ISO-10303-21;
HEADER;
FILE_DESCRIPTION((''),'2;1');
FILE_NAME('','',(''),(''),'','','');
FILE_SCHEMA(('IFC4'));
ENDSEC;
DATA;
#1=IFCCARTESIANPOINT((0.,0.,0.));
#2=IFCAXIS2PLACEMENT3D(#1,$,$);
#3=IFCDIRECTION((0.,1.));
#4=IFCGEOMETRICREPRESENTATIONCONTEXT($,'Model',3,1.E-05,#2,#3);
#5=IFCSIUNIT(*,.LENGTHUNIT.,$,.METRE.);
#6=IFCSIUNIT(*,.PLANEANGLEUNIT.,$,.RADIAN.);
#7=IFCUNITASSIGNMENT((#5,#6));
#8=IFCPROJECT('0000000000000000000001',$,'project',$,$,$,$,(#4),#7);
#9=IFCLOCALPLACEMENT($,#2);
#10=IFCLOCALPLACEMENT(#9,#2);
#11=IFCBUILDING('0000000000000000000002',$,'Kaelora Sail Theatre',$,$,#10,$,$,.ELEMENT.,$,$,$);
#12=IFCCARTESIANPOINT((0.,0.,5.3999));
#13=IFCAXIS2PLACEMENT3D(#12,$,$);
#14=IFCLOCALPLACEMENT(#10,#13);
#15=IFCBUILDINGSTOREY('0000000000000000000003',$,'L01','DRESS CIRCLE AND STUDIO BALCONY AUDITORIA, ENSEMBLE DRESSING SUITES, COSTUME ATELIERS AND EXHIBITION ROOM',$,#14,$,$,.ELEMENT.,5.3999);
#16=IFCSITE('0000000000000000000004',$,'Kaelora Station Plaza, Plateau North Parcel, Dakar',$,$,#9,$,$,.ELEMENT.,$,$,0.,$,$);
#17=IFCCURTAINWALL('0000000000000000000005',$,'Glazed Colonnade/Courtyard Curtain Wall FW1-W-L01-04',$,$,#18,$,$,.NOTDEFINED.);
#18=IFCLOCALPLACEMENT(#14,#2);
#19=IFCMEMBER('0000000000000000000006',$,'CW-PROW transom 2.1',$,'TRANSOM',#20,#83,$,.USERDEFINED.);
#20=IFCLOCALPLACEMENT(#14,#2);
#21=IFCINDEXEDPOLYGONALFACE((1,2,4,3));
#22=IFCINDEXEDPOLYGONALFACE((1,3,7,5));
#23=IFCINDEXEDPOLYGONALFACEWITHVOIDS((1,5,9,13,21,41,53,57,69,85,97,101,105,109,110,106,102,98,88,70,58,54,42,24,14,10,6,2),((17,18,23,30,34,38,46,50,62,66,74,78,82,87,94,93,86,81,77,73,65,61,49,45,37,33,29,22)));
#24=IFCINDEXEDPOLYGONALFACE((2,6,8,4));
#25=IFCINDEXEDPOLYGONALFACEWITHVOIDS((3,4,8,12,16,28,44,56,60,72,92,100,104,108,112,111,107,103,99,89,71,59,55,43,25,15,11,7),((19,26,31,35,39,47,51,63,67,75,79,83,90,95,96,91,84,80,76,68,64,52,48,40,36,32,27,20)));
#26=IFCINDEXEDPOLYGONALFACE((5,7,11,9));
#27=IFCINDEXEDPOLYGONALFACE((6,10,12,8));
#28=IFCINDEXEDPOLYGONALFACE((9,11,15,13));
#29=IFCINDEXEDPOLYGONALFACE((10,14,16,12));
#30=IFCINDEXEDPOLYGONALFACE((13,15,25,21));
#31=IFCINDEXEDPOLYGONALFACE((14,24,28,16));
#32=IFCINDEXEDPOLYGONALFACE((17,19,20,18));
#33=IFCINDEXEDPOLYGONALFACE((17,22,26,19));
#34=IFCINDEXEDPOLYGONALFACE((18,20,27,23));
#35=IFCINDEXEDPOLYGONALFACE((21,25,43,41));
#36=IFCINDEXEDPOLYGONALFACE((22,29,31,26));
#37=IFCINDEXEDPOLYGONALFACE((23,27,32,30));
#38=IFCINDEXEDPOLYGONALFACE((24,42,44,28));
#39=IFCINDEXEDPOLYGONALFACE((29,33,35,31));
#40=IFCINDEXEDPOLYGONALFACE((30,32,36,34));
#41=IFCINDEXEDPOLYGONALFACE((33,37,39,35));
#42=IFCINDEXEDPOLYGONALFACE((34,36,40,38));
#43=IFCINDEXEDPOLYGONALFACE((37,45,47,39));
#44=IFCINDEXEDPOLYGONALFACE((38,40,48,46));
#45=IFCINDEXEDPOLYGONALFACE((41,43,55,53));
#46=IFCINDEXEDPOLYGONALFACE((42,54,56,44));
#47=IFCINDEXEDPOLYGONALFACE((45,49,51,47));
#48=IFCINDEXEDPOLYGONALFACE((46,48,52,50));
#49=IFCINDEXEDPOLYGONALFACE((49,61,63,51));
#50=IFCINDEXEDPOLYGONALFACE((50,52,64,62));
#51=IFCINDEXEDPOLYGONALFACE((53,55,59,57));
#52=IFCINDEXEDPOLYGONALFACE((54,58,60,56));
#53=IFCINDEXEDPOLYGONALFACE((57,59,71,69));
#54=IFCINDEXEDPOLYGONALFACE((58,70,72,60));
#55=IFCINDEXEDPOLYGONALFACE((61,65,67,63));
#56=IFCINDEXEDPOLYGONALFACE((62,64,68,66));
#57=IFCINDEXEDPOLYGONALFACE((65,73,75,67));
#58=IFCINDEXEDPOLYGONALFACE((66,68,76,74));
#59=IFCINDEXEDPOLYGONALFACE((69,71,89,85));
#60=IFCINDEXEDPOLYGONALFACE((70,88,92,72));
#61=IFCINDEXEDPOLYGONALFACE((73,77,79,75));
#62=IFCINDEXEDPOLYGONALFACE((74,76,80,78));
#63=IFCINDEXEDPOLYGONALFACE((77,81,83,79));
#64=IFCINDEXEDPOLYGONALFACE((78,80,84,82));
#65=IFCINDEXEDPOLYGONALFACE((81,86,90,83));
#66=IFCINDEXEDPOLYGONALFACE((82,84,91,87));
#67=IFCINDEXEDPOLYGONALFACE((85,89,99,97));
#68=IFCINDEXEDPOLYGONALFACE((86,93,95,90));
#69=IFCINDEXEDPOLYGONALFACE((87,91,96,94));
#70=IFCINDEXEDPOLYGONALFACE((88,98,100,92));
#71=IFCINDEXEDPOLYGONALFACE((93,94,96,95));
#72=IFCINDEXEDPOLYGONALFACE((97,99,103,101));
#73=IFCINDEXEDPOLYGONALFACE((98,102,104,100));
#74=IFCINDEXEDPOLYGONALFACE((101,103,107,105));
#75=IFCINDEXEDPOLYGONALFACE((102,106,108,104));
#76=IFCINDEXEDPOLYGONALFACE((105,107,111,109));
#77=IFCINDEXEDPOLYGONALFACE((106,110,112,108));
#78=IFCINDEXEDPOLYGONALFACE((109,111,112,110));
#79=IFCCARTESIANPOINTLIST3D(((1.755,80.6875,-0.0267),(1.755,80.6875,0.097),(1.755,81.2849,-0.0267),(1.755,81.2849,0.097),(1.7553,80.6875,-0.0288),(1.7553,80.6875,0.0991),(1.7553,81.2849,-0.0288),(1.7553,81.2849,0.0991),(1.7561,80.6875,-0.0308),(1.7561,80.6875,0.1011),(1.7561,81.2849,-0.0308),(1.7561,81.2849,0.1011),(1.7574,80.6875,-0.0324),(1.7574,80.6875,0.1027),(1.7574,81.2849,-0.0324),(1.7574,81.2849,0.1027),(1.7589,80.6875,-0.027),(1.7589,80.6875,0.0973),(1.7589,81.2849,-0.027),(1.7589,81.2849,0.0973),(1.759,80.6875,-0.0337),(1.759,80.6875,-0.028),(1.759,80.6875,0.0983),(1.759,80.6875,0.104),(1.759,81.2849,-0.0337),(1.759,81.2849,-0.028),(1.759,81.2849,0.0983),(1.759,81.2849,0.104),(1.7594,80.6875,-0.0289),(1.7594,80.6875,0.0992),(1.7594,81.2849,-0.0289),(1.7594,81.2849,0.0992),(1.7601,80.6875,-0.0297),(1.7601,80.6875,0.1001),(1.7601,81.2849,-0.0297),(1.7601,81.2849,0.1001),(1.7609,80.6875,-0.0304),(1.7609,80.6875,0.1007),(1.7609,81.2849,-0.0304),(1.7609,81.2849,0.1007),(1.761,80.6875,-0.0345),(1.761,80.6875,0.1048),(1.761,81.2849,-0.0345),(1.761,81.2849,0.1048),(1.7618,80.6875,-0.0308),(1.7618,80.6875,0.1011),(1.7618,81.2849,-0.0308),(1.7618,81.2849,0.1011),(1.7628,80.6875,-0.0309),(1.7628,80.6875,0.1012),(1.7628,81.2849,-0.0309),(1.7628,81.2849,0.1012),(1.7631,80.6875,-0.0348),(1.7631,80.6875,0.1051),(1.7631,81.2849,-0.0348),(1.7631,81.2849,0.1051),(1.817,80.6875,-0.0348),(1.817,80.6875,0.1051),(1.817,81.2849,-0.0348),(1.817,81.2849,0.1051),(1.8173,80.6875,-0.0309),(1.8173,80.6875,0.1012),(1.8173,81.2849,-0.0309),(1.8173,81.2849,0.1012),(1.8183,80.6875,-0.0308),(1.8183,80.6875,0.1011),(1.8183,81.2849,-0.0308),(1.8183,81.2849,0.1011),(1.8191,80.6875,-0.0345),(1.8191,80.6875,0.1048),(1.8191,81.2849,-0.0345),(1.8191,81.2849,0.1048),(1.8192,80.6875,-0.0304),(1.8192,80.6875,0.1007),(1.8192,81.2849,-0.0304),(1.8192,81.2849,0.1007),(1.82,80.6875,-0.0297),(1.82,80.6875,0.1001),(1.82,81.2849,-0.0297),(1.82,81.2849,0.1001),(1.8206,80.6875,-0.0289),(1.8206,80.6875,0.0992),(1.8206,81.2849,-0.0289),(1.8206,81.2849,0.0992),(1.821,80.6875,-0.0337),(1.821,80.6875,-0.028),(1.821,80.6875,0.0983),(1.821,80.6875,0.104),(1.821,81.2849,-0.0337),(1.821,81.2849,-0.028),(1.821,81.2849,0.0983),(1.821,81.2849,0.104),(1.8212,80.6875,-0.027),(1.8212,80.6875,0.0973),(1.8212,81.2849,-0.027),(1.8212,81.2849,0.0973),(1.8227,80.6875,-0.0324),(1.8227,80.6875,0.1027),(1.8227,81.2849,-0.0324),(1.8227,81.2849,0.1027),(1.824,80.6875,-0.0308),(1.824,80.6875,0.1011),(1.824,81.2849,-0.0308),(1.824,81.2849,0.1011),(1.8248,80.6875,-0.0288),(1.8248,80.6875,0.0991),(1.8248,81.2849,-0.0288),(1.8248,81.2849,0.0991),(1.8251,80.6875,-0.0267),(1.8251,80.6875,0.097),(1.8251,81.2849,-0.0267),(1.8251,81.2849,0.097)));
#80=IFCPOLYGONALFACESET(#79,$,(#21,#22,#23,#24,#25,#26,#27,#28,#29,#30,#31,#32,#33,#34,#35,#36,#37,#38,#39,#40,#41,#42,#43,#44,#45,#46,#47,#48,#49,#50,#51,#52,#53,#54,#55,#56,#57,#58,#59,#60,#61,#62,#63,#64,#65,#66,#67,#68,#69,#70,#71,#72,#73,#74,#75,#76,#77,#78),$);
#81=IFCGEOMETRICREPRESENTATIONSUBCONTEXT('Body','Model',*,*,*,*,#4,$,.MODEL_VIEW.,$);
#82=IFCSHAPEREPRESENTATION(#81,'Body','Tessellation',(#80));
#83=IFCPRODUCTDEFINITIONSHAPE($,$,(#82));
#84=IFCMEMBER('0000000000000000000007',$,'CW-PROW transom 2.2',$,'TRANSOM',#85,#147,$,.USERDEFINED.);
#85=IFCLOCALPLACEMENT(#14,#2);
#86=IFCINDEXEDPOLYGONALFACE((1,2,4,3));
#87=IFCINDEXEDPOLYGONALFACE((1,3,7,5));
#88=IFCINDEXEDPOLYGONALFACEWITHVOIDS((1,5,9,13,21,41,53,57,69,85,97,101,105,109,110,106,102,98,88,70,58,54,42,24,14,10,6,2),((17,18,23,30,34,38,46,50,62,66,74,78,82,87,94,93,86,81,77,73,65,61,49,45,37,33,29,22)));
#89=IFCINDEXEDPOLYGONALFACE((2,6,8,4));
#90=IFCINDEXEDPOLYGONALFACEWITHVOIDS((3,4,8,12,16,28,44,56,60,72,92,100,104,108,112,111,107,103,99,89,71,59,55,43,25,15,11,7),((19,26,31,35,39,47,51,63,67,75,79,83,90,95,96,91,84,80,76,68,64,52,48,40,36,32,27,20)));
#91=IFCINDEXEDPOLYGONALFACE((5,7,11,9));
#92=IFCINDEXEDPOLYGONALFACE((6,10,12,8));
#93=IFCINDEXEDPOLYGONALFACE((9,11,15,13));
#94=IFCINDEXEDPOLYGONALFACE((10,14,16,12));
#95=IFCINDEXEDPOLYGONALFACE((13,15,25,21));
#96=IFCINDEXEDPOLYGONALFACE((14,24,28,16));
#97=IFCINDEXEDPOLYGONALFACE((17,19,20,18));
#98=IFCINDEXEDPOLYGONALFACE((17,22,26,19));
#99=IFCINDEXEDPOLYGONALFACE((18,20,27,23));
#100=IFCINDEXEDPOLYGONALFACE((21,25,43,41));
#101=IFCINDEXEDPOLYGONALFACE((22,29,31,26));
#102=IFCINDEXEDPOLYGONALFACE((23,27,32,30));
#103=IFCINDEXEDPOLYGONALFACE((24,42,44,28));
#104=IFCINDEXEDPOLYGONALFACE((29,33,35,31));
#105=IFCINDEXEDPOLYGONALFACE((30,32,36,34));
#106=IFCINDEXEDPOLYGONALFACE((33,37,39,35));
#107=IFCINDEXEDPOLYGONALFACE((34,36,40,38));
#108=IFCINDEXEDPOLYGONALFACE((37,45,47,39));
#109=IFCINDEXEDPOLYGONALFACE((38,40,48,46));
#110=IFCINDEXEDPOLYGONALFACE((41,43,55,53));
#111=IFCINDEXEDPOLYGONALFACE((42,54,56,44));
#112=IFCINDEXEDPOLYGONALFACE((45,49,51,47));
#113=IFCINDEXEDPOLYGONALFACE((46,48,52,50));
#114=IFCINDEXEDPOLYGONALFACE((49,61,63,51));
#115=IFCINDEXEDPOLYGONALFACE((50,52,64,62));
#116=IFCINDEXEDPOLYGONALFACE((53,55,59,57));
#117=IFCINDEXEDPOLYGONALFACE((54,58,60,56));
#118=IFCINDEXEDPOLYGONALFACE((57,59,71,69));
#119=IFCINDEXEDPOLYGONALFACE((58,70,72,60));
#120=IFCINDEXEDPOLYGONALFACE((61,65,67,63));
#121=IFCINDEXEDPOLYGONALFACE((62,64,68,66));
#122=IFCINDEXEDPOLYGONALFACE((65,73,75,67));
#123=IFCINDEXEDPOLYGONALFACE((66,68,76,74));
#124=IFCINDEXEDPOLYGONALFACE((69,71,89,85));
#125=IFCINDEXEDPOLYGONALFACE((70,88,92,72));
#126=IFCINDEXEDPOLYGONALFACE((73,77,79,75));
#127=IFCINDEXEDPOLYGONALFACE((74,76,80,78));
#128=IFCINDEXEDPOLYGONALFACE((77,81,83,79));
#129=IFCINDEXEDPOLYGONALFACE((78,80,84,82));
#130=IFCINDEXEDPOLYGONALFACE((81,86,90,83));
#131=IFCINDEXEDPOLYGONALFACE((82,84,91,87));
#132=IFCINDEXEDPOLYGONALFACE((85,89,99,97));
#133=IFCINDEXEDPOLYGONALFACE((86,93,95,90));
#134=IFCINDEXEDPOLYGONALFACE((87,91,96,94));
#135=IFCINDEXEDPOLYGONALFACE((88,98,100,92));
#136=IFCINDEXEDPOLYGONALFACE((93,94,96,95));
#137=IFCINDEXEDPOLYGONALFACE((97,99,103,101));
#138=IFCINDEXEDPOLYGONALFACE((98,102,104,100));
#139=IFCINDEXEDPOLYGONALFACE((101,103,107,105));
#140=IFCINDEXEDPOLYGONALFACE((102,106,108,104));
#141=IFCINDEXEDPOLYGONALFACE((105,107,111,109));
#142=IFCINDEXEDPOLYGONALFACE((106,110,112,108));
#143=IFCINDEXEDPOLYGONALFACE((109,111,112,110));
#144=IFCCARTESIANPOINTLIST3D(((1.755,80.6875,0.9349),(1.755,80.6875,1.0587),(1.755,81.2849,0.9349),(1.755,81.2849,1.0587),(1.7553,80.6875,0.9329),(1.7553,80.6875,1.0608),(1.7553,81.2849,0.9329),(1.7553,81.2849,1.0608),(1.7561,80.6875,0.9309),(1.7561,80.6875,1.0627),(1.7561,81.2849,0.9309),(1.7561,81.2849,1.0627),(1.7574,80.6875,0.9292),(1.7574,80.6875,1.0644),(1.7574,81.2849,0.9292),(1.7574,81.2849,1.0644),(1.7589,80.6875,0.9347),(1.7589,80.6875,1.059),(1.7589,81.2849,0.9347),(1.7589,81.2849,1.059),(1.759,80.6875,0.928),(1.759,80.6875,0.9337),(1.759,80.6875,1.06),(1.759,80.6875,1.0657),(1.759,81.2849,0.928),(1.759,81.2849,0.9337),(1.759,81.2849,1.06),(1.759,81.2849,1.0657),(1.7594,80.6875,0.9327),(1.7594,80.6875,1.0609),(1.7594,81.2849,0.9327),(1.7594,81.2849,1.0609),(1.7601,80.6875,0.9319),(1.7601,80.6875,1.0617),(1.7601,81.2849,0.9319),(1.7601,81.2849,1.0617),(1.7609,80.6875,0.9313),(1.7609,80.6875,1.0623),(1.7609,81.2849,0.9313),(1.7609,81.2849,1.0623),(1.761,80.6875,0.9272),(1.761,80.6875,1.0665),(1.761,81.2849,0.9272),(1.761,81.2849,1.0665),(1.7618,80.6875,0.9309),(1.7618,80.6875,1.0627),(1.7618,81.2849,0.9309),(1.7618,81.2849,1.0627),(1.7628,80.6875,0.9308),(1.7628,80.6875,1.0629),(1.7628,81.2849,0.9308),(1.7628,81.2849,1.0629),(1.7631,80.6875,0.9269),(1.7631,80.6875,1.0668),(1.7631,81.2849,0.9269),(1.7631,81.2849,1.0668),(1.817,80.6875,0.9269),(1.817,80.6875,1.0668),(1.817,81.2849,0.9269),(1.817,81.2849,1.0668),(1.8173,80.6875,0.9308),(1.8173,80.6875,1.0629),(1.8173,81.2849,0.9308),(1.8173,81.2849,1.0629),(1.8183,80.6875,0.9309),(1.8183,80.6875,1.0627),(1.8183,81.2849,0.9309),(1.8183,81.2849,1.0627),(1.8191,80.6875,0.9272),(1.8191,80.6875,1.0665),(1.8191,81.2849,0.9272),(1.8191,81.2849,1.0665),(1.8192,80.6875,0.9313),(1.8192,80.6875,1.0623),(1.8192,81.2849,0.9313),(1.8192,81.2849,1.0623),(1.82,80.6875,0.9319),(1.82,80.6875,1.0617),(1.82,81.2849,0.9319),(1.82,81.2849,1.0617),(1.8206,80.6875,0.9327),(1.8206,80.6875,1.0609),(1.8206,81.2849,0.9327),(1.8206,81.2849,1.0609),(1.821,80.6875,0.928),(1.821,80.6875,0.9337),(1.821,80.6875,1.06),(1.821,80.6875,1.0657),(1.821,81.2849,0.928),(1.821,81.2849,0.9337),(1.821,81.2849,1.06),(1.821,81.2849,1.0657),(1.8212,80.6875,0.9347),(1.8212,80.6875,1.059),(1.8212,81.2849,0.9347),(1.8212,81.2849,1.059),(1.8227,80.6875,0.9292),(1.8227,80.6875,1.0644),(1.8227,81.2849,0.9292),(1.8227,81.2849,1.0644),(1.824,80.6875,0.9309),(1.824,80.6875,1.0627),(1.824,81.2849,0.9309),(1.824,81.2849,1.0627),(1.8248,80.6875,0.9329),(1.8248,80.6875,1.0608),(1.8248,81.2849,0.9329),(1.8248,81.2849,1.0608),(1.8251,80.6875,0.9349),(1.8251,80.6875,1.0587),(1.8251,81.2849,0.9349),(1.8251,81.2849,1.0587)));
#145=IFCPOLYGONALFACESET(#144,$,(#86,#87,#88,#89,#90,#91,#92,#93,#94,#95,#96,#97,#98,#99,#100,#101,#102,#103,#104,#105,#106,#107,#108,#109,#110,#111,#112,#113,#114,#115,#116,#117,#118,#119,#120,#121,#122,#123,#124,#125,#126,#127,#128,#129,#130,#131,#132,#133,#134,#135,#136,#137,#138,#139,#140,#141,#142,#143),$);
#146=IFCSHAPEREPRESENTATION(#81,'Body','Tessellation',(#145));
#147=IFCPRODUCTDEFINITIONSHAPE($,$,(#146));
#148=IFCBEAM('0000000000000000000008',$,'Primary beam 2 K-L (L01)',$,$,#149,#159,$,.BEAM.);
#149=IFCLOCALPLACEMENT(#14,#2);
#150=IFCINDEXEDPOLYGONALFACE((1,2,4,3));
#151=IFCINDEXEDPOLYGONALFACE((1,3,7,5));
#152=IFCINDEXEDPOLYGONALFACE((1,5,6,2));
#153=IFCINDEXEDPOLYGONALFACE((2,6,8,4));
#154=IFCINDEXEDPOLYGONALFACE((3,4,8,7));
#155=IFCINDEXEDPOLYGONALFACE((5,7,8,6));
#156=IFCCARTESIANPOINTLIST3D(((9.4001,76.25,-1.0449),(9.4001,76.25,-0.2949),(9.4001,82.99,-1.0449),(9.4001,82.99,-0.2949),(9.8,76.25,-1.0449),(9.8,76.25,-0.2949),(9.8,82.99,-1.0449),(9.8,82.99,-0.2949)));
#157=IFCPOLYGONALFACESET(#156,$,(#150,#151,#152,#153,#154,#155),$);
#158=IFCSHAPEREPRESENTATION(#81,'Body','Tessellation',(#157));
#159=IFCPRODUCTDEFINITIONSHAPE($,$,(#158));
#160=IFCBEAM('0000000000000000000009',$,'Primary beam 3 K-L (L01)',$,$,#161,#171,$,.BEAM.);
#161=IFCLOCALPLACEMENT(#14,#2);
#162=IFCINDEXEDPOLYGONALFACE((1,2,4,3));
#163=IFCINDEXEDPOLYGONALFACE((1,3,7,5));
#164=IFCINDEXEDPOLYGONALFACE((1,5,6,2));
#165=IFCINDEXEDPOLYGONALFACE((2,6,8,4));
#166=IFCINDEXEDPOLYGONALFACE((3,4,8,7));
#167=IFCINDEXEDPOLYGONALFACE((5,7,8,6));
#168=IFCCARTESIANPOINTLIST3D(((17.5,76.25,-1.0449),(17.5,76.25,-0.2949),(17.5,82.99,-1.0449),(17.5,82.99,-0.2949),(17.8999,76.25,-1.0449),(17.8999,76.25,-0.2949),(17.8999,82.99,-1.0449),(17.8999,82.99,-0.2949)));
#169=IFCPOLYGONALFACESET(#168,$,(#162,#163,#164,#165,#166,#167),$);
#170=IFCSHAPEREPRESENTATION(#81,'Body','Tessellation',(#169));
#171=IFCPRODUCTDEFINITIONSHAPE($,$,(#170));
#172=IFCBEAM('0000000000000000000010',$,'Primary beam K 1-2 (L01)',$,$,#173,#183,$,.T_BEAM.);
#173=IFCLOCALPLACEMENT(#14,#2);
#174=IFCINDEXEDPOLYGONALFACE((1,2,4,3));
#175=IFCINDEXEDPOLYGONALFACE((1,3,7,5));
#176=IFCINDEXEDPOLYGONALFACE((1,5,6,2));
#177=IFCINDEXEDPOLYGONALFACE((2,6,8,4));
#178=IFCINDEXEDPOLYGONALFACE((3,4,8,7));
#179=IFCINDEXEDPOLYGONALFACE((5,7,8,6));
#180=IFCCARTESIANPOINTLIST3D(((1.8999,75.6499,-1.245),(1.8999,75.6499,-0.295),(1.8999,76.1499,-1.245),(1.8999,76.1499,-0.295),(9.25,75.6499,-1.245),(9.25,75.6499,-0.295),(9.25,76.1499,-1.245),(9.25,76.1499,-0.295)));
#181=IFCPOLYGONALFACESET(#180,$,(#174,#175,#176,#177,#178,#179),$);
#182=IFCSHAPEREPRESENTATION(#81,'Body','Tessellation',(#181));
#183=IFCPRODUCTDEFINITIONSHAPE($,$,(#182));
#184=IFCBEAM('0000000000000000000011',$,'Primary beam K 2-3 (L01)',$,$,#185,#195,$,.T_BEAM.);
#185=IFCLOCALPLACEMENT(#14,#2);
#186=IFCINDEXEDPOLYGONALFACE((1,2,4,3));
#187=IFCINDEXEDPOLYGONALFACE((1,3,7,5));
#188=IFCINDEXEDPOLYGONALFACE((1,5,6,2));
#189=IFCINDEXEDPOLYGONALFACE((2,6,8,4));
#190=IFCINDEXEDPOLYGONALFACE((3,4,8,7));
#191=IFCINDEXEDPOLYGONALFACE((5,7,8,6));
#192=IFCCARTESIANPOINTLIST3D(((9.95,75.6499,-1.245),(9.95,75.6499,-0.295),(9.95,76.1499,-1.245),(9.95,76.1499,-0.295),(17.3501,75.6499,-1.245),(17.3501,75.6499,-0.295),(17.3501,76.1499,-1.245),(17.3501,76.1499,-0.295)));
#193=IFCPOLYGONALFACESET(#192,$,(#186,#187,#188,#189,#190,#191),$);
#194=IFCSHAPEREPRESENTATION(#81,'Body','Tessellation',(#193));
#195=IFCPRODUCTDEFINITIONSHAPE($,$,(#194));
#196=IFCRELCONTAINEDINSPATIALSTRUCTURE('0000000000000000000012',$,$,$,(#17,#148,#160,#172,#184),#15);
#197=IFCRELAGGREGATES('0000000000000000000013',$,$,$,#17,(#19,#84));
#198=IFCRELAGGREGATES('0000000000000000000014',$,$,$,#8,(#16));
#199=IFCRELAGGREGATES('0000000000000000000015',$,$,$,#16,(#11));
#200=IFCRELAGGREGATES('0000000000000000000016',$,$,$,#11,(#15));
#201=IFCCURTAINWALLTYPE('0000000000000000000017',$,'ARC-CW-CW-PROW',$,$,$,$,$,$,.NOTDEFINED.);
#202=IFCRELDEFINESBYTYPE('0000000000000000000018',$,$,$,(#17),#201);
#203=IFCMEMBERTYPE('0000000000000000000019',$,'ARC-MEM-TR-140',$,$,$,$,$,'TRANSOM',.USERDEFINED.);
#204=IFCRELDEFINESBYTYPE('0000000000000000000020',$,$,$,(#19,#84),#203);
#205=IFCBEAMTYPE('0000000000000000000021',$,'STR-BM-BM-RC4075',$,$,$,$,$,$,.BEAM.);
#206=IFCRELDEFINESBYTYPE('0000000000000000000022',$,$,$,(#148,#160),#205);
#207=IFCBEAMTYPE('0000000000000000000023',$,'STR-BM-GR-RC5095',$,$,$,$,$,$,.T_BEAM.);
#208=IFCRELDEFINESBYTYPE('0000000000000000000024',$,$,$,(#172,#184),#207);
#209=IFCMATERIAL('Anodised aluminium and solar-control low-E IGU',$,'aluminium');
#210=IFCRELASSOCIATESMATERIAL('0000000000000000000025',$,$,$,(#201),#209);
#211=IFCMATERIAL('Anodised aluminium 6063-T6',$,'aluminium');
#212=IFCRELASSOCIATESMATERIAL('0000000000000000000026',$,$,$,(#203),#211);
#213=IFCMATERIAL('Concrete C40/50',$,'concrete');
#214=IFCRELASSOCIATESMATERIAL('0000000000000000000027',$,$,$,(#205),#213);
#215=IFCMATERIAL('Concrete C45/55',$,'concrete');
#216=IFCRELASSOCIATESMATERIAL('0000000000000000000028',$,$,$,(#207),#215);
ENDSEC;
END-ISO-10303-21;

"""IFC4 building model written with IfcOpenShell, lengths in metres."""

from ifc_helpers import new_model, si_unit, direction, frame, origin, origin_2d, place, context, subcontext, project, spatial, rectangle, hollow_rectangle, extrude, material, material_profile, profile_set, type_object, element, aggregate, save


model = new_model("IFC4")

# Units and contexts
model_context = context("Model", 3, precision=1e-05, world=origin(), true_north=direction((0.0, 1.0)))
body_context = subcontext(model_context, "Body", "Model", "MODEL_VIEW")
ifc_project = project(units=[si_unit("LENGTHUNIT", "METRE"), si_unit("PLANEANGLEUNIT", "RADIAN")], contexts=[model_context])

# Site, building, storey
site_placement = place(None, origin())
site = spatial("IfcSite", under=ifc_project, at=site_placement, Name="Kaelora Station Plaza, Plateau North Parcel, Dakar", CompositionType="ELEMENT", RefElevation=0.0)
building_placement = place(site_placement, origin())
building = spatial("IfcBuilding", under=site, at=building_placement, Name="Kaelora Sail Theatre", CompositionType="ELEMENT")
storey_placement = place(building_placement, frame((0.0, 0.0, 5.3999)))
storey = spatial("IfcBuildingStorey", under=building, at=storey_placement, Name="L01", Description="DRESS CIRCLE AND STUDIO BALCONY AUDITORIA, ENSEMBLE DRESSING SUITES, COSTUME ATELIERS AND EXHIBITION ROOM", CompositionType="ELEMENT", Elevation=5.3999)

# Shared definitions
ifc_material_1 = material(Name="Anodised aluminium and solar-control low-E IGU", Category="aluminium")
curtain_wall_type = type_object("IfcCurtainWallType", Name="ARC-CW-CW-PROW", PredefinedType="NOTDEFINED", material=ifc_material_1)

# Curtain wall, members
curtain_wall_1_placement = place(storey_placement, origin())
curtain_wall_1 = element("IfcCurtainWall", 1, at=curtain_wall_1_placement, inside=storey, type_object=curtain_wall_type, Name="Glazed Colonnade/Courtyard Curtain Wall FW1-W-L01-04", PredefinedType="NOTDEFINED")
ifc_material_2 = material(Name="Anodised aluminium 6063-T6", Category="aluminium")
ifc_material_profile_1 = material_profile(ifc_material_2, hollow_rectangle(XDim=0.0701, YDim=0.1399, WallThickness=0.0039, InnerFilletRadius=0.0039, OuterFilletRadius=0.0081, at=origin_2d()), Name="ALU-TRAN 70x140x4")
ifc_profile_set_1 = profile_set([ifc_material_profile_1], Name="Anodised aluminium 6063-T6")
member_type_1 = type_object("IfcMemberType", Name="ARC-MEM-TR-140", ElementType="TRANSOM", PredefinedType="USERDEFINED", material=ifc_profile_set_1)
member_1_placement = place(storey_placement, frame((1.79, 80.6875, 0.0352), z_axis=(0.0, 1.0, 0.0), x_axis=(-1.0, 0.0, 0.0)))
member_1 = element("IfcMember", 2, at=member_1_placement, type_object=member_type_1, Name="CW-PROW transom 2.1", ObjectType="TRANSOM", PredefinedType="USERDEFINED", context=body_context, shape_type="SweptSolid", body=[
    extrude(hollow_rectangle(XDim=0.0701, YDim=0.1399, WallThickness=0.0039, InnerFilletRadius=0.0039, OuterFilletRadius=0.0081, at=origin_2d()), origin(), (0.0, 0.0, 1.0), 0.5974),
])
member_2_placement = place(storey_placement, frame((1.79, 80.6875, 0.9968), z_axis=(0.0, 1.0, 0.0), x_axis=(-1.0, 0.0, 0.0)))
member_2 = element("IfcMember", 3, at=member_2_placement, type_object=member_type_1, Name="CW-PROW transom 2.2", ObjectType="TRANSOM", PredefinedType="USERDEFINED", context=body_context, shape_type="SweptSolid", body=[
    extrude(hollow_rectangle(XDim=0.0701, YDim=0.1399, WallThickness=0.0039, InnerFilletRadius=0.0039, OuterFilletRadius=0.0081, at=origin_2d()), origin(), (0.0, 0.0, 1.0), 0.5974),
])

# Beams
ifc_material_3 = material(Name="Concrete C40/50", Category="concrete")
ifc_material_profile_2 = material_profile(ifc_material_3, rectangle(XDim=0.3999, YDim=0.75, at=origin_2d()), Name="RC-BM 400x750")
ifc_profile_set_2 = profile_set([ifc_material_profile_2], Name="Concrete C40/50")
beam_type_1 = type_object("IfcBeamType", Name="STR-BM-BM-RC4075", PredefinedType="BEAM", material=ifc_profile_set_2)
for number, where, z_axis, x_axis, name in (
    (4, (9.6001, 76.25, -0.6699), (0.0, 1.0, 0.0), (-1.0, 0.0, 0.0), "Primary beam 2 K-L (L01)"),
    (5, (17.7, 76.25, -0.6699), (0.0, 1.0, 0.0), (-1.0, 0.0, 0.0), "Primary beam 3 K-L (L01)"),
):
    element("IfcBeam", number, at=place(storey_placement, frame(where, z_axis=z_axis, x_axis=x_axis)), inside=storey, type_object=beam_type_1, Name=name, PredefinedType="BEAM", context=body_context, shape_type="SweptSolid", body=[
        extrude(rectangle(XDim=0.3999, YDim=0.75, at=origin_2d()), origin(), (0.0, 0.0, 1.0), 6.74),
    ])
ifc_material_4 = material(Name="Concrete C45/55", Category="concrete")
ifc_material_profile_3 = material_profile(ifc_material_4, rectangle(XDim=0.5, YDim=0.95, at=origin_2d()), Name="RC-GRD 500x950")
ifc_profile_set_3 = profile_set([ifc_material_profile_3], Name="Concrete C45/55")
beam_type_2 = type_object("IfcBeamType", Name="STR-BM-GR-RC5095", PredefinedType="T_BEAM", material=ifc_profile_set_3)
beam_1_placement = place(storey_placement, frame((1.8999, 75.8999, -0.77), z_axis=(1.0, 0.0, 0.0), x_axis=(0.0, 1.0, 0.0)))
element("IfcBeam", 6, at=beam_1_placement, inside=storey, type_object=beam_type_2, Name="Primary beam K 1-2 (L01)", PredefinedType="T_BEAM", context=body_context, shape_type="SweptSolid", body=[
    extrude(rectangle(XDim=0.5, YDim=0.95, at=origin_2d()), origin(), (0.0, 0.0, 1.0), 7.3501),
])
beam_2_placement = place(storey_placement, frame((9.95, 75.8999, -0.77), z_axis=(1.0, 0.0, 0.0), x_axis=(0.0, 1.0, 0.0)))
element("IfcBeam", 7, at=beam_2_placement, inside=storey, type_object=beam_type_2, Name="Primary beam K 2-3 (L01)", PredefinedType="T_BEAM", context=body_context, shape_type="SweptSolid", body=[
    extrude(rectangle(XDim=0.5, YDim=0.95, at=origin_2d()), origin(), (0.0, 0.0, 1.0), 7.4001),
])

aggregate(curtain_wall_1, [member_1, member_2])

save(model, "model.ifc")
